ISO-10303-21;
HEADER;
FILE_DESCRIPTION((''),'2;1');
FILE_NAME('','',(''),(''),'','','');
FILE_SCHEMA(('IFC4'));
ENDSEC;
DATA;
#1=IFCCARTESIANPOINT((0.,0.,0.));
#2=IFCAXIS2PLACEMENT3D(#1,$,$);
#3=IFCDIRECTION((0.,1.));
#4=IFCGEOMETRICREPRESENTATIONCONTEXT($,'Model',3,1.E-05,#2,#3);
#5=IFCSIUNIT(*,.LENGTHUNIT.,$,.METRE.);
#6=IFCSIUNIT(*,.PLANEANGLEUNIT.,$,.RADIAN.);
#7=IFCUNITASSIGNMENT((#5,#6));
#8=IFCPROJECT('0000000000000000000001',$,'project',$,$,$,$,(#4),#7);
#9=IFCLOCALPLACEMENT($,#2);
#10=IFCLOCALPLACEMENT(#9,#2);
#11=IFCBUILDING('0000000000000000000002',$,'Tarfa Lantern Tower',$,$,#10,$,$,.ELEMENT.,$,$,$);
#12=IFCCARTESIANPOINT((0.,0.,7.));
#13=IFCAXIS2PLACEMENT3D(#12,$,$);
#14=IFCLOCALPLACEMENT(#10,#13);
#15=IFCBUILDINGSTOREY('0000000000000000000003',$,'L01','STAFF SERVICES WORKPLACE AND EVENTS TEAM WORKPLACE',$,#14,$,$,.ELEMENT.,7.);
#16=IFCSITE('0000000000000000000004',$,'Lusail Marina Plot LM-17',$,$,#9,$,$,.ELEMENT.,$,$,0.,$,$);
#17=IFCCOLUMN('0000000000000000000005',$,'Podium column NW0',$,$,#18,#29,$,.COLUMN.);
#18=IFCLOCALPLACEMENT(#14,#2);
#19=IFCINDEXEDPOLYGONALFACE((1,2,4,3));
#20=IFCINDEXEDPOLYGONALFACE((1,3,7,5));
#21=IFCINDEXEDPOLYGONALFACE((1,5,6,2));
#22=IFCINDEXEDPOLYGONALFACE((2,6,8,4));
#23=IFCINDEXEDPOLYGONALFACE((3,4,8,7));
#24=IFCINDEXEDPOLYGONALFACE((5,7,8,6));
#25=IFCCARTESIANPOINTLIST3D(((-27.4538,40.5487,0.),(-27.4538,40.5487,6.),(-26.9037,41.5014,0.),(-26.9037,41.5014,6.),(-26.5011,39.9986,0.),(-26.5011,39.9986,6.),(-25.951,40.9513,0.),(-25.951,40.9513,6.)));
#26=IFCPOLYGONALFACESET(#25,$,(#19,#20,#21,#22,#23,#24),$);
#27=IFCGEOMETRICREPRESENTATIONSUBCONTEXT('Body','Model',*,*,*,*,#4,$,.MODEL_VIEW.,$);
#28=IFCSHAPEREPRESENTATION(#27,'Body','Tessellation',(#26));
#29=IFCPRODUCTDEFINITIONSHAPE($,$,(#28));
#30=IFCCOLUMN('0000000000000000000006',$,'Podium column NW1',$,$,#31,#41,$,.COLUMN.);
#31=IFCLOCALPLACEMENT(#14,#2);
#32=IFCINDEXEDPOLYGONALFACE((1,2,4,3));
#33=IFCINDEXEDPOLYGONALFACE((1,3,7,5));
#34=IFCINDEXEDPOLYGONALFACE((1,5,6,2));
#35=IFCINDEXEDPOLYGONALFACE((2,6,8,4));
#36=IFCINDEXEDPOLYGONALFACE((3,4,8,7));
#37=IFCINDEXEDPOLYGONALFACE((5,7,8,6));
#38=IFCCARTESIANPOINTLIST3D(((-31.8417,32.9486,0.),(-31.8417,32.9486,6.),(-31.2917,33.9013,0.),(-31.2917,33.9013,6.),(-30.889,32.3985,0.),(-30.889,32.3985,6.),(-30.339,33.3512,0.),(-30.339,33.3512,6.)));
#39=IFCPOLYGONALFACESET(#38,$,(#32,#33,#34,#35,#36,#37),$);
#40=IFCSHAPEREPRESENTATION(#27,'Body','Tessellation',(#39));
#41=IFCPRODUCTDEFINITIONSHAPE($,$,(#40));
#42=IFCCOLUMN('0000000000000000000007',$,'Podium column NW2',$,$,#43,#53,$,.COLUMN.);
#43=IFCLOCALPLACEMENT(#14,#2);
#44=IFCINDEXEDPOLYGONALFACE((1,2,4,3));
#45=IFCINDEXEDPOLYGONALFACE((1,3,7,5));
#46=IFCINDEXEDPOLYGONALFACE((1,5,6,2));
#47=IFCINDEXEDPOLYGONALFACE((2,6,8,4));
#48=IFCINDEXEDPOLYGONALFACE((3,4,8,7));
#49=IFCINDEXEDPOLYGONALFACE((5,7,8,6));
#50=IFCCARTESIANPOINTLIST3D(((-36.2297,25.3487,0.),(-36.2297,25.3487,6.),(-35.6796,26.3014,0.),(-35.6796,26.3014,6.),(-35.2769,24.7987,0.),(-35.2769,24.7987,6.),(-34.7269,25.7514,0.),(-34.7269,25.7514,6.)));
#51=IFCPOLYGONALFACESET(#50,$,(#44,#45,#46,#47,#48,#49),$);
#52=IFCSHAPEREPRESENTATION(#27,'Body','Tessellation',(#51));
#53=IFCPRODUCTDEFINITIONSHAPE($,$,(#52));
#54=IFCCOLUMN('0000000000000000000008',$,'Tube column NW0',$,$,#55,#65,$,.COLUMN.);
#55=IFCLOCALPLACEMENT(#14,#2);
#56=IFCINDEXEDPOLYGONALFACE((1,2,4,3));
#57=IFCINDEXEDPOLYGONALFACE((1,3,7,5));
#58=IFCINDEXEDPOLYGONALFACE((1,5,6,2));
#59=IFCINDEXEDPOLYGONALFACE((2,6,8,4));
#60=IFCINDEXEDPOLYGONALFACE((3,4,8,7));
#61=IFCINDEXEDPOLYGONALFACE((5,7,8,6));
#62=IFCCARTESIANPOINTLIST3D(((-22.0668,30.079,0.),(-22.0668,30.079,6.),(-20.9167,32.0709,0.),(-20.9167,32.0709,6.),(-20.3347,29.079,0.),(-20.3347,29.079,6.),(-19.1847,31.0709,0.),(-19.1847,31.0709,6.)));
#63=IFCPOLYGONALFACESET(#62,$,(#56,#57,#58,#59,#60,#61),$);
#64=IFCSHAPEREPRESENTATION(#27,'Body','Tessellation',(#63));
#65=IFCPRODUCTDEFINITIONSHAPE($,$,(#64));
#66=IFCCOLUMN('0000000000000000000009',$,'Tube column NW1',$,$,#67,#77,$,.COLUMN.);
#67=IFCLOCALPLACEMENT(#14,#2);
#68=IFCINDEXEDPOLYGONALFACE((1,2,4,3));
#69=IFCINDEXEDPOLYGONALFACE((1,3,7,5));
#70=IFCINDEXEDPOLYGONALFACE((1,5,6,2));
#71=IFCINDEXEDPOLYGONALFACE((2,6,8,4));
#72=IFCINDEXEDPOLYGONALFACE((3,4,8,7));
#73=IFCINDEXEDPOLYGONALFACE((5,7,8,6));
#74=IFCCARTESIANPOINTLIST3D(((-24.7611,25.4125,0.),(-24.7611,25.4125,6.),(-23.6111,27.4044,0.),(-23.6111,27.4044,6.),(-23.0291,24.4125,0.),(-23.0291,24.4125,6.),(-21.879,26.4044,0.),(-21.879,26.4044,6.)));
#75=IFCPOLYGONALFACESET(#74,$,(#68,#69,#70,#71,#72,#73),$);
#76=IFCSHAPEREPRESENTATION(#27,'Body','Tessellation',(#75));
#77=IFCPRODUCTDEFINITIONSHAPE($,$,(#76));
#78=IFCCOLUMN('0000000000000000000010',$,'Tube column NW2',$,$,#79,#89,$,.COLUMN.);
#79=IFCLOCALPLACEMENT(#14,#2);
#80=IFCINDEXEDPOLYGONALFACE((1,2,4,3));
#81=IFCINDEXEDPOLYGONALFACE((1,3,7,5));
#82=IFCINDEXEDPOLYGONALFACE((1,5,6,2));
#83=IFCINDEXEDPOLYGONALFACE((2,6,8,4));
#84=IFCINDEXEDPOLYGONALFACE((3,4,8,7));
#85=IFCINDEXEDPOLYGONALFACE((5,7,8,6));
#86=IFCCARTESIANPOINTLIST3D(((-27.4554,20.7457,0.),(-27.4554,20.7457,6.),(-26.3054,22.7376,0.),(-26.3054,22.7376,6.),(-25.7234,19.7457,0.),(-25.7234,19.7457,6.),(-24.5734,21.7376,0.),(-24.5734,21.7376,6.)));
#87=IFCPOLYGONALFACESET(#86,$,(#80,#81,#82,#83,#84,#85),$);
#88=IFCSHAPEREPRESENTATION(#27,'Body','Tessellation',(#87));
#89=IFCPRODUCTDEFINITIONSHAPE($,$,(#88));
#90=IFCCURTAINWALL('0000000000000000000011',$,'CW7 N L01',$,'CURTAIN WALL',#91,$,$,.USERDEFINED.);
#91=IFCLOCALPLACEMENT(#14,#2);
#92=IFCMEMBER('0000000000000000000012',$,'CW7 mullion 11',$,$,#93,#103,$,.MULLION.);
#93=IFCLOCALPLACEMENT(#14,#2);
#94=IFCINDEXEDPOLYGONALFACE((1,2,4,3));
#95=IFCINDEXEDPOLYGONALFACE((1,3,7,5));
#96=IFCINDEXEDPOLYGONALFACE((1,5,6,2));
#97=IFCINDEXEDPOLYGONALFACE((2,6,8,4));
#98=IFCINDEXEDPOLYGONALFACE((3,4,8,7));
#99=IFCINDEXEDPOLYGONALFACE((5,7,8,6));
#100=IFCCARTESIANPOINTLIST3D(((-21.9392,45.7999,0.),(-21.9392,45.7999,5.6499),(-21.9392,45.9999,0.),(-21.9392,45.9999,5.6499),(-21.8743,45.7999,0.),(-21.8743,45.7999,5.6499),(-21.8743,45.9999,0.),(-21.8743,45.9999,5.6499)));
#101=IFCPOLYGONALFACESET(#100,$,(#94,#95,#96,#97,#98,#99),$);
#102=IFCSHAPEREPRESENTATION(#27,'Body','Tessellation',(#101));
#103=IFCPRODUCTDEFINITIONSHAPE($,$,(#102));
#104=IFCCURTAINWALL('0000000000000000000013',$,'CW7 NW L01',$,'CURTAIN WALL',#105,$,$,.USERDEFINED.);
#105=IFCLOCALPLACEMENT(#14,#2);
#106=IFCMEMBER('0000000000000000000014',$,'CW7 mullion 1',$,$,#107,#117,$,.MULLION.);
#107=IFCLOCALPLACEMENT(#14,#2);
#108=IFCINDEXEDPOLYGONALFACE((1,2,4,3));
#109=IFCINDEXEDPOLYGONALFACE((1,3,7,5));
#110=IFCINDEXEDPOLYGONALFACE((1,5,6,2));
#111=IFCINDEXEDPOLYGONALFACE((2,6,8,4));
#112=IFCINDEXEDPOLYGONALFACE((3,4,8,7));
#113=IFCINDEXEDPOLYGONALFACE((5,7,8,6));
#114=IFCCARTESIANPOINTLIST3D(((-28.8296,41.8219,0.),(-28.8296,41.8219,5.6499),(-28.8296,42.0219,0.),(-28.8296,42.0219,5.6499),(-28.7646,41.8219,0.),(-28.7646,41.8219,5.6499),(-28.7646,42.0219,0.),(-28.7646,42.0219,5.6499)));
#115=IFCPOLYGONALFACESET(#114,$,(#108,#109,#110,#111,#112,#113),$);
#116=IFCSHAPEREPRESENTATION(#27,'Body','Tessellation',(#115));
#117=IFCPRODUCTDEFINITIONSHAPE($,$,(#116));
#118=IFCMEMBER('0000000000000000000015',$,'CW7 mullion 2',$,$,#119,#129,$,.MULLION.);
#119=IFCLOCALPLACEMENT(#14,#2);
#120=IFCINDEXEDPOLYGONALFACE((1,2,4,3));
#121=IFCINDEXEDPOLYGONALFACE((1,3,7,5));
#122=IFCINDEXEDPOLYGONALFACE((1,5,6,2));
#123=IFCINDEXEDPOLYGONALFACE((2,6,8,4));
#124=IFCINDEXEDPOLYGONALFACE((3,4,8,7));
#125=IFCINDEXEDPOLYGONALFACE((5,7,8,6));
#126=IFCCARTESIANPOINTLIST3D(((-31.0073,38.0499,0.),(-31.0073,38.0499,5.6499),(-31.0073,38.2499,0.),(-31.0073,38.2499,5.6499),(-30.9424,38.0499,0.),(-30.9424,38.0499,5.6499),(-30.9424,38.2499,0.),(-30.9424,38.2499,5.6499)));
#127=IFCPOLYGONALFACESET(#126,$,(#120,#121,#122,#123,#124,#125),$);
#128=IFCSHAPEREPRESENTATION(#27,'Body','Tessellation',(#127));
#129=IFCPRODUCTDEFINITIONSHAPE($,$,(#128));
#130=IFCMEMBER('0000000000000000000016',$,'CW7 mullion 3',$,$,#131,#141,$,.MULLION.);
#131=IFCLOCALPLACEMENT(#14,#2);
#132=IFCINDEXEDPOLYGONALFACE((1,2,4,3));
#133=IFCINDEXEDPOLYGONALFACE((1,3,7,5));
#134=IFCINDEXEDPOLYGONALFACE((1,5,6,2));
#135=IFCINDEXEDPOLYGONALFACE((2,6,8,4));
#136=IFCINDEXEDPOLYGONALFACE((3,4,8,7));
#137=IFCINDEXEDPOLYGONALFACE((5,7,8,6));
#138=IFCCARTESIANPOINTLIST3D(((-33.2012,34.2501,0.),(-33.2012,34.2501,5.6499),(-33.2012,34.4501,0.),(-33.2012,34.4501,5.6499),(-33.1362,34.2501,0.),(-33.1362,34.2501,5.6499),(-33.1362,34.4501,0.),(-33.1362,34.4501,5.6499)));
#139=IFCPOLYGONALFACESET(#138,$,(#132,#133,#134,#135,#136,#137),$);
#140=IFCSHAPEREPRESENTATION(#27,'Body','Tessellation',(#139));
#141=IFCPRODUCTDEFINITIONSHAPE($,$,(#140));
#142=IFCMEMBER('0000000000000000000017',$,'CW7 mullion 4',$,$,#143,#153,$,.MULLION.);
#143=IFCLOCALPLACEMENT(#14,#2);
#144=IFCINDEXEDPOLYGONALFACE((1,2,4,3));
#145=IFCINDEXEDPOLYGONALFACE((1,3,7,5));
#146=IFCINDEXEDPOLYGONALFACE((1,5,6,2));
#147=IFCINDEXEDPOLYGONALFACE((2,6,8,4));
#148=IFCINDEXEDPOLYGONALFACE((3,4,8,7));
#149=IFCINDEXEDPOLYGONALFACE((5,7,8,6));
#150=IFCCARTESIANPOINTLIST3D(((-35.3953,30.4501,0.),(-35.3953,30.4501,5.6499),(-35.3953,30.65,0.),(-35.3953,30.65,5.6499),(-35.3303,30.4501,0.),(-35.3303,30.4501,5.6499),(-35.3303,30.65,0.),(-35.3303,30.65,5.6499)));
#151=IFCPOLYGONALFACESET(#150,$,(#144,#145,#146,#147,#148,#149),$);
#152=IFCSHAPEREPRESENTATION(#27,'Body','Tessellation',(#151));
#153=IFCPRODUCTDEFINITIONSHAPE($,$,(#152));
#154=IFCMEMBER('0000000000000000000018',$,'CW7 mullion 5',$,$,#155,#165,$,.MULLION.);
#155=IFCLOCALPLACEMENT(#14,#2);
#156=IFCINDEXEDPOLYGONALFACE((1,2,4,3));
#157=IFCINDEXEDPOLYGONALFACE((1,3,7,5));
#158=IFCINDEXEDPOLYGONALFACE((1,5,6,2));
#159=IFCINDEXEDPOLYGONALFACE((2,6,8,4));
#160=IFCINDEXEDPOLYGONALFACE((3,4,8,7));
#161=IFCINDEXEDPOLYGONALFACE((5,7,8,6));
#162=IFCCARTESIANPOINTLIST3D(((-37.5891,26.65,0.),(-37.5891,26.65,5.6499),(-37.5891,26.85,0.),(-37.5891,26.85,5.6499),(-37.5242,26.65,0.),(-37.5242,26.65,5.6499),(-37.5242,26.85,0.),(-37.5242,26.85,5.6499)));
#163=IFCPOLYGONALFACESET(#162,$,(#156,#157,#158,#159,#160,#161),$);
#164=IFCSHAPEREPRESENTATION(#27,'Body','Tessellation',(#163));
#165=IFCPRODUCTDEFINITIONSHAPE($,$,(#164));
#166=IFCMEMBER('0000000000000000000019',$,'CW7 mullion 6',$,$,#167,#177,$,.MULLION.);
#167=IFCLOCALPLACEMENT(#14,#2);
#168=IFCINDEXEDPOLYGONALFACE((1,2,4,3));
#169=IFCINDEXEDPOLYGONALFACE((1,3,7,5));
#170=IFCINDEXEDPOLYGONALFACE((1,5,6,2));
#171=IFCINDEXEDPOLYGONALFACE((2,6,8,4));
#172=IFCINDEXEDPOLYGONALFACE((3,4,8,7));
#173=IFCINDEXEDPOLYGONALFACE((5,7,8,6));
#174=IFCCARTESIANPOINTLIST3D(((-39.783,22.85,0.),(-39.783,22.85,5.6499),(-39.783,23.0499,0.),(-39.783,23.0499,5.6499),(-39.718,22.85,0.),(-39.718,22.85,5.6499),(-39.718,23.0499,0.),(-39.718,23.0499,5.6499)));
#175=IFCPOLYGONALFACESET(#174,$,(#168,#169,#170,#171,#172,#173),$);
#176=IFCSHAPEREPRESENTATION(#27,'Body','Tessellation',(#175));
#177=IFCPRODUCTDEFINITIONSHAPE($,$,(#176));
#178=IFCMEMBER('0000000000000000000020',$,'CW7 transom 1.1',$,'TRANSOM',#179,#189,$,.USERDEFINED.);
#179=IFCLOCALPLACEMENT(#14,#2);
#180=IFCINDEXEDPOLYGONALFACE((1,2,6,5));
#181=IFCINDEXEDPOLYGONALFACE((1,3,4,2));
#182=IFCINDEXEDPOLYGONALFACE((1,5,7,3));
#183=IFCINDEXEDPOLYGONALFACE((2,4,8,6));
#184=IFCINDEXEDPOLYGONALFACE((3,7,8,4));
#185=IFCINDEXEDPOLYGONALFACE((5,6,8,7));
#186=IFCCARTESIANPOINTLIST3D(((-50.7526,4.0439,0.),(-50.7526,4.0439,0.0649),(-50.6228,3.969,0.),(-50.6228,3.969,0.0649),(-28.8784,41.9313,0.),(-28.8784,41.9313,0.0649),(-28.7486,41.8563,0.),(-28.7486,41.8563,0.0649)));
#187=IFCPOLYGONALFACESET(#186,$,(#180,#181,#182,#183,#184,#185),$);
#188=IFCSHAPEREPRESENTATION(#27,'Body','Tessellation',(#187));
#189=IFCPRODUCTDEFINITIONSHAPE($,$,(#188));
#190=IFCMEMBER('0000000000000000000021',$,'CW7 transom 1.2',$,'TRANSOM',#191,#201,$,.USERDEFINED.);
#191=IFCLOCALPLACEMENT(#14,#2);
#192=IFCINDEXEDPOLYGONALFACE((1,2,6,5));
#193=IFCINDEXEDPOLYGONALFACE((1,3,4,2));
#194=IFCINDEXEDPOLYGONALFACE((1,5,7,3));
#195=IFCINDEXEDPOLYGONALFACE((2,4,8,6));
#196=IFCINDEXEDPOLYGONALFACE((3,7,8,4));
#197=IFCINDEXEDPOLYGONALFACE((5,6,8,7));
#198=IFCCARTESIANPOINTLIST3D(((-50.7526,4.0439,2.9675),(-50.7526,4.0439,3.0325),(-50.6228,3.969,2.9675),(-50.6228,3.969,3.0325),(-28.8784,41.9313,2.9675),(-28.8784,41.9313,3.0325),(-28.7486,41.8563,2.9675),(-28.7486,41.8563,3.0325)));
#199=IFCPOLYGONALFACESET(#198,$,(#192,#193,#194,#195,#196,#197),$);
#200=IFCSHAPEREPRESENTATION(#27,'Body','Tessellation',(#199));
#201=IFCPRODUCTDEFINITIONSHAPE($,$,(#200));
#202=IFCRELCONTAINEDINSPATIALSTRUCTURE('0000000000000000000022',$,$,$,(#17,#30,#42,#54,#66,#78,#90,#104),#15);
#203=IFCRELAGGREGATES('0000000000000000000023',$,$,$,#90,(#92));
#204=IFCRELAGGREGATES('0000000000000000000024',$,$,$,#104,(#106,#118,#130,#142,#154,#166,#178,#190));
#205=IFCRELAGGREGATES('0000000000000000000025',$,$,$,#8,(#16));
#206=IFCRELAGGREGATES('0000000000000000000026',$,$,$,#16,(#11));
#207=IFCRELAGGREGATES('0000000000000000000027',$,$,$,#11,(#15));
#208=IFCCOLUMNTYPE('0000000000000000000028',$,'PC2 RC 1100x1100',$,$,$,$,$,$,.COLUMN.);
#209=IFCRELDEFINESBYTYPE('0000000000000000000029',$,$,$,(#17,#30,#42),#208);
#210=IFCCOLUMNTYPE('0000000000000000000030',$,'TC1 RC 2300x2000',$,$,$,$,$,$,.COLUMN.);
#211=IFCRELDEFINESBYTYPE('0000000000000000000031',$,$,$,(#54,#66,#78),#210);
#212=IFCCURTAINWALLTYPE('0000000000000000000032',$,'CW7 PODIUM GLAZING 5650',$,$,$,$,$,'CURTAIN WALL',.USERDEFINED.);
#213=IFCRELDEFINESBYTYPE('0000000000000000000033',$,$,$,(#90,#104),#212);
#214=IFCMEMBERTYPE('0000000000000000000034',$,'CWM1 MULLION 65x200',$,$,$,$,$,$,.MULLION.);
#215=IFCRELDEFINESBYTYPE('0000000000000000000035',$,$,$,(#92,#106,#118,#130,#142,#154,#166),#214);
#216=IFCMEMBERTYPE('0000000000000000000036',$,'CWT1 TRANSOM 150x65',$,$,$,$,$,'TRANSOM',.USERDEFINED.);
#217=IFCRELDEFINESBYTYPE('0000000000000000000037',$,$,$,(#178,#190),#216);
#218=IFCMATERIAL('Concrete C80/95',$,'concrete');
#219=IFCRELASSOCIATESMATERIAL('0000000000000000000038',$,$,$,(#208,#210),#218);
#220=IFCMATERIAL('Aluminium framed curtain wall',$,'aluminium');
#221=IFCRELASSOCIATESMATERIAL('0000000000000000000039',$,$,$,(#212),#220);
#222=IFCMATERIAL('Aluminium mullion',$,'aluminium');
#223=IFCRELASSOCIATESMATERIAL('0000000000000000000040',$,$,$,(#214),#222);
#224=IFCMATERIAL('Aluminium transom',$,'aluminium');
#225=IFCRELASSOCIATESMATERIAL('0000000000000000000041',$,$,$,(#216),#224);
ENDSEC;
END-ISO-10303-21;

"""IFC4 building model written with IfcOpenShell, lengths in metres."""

from ifc_helpers import new_model, si_unit, direction, frame, origin, origin_2d, place, context, subcontext, project, spatial, rectangle, extrude, material, material_profile, profile_set, type_object, element, aggregate, save


model = new_model("IFC4")

# Units and contexts
model_context = context("Model", 3, precision=1e-05, world=origin(), true_north=direction((0.0, 1.0)))
body_context = subcontext(model_context, "Body", "Model", "MODEL_VIEW")
ifc_project = project(units=[si_unit("LENGTHUNIT", "METRE"), si_unit("PLANEANGLEUNIT", "RADIAN")], contexts=[model_context])

# Site, building, storey
site_placement = place(None, origin())
site = spatial("IfcSite", under=ifc_project, at=site_placement, Name="Lusail Marina Plot LM-17", CompositionType="ELEMENT", RefElevation=0.0)
building_placement = place(site_placement, origin())
building = spatial("IfcBuilding", under=site, at=building_placement, Name="Tarfa Lantern Tower", CompositionType="ELEMENT")
storey_placement = place(building_placement, frame((0.0, 0.0, 7.0)))
storey = spatial("IfcBuildingStorey", under=building, at=storey_placement, Name="L01", Description="STAFF SERVICES WORKPLACE AND EVENTS TEAM WORKPLACE", CompositionType="ELEMENT", Elevation=7.0)

# Columns
ifc_material_1 = material(Name="Concrete C80/95", Category="concrete")
ifc_material_profile_1 = material_profile(ifc_material_1, rectangle(XDim=1.1001, YDim=1.1001, at=origin_2d()), Name="RC 1100x1100")
ifc_profile_set_1 = profile_set([ifc_material_profile_1], Name="Concrete C80/95")
column_type_1 = type_object("IfcColumnType", Name="PC2 RC 1100x1100", PredefinedType="COLUMN", material=ifc_profile_set_1)
for number, where, z_axis, x_axis, name in (
    (1, (-26.7024, 40.75, 0.0), (0.0, 0.0, 1.0), (-0.5, -0.866025, 0.0), "Podium column NW0"),
    (2, (-31.0903, 33.1499, 0.0), (0.0, 0.0, 1.0), (-0.5, -0.866025, 0.0), "Podium column NW1"),
    (3, (-35.4783, 25.55, 0.0), (0.0, 0.0, 1.0), (-0.5, -0.866025, 0.0), "Podium column NW2"),
):
    element("IfcColumn", number, at=place(storey_placement, frame(where, z_axis=z_axis, x_axis=x_axis)), inside=storey, type_object=column_type_1, Name=name, PredefinedType="COLUMN", context=body_context, shape_type="SweptSolid", body=[
        extrude(rectangle(XDim=1.1001, YDim=1.1001, at=origin_2d()), origin(), (0.0, 0.0, 1.0), 6.0),
    ])
ifc_material_profile_2 = material_profile(ifc_material_1, rectangle(XDim=2.3, YDim=2.0, at=origin_2d()), Name="RC 2300x2000")
ifc_profile_set_2 = profile_set([ifc_material_profile_2], Name="Concrete C80/95")
column_type_2 = type_object("IfcColumnType", Name="TC1 RC 2300x2000", PredefinedType="COLUMN", material=ifc_profile_set_2)
for number, where, z_axis, x_axis, name in (
    (4, (-20.6257, 30.575, 0.0), (0.0, 0.0, 1.0), (-0.5, -0.866025, 0.0), "Tube column NW0"),
    (5, (-23.3201, 25.9084, 0.0), (0.0, 0.0, 1.0), (-0.5, -0.866025, 0.0), "Tube column NW1"),
    (6, (-26.0144, 21.2417, 0.0), (0.0, 0.0, 1.0), (-0.5, -0.866025, 0.0), "Tube column NW2"),
):
    element("IfcColumn", number, at=place(storey_placement, frame(where, z_axis=z_axis, x_axis=x_axis)), inside=storey, type_object=column_type_2, Name=name, PredefinedType="COLUMN", context=body_context, shape_type="SweptSolid", body=[
        extrude(rectangle(XDim=2.3, YDim=2.0, at=origin_2d()), origin(), (0.0, 0.0, 1.0), 6.0),
    ])

# Curtain wall, member
ifc_material_2 = material(Name="Aluminium framed curtain wall", Category="aluminium")
curtain_wall_type = type_object("IfcCurtainWallType", Name="CW7 PODIUM GLAZING 5650", ElementType="CURTAIN WALL", PredefinedType="USERDEFINED", material=ifc_material_2)
curtain_wall_1_placement = place(storey_placement, origin())
curtain_wall_1 = element("IfcCurtainWall", 7, at=curtain_wall_1_placement, inside=storey, type_object=curtain_wall_type, Name="CW7 N L01", ObjectType="CURTAIN WALL", PredefinedType="USERDEFINED")
ifc_material_3 = material(Name="Aluminium mullion", Category="aluminium")
ifc_material_profile_3 = material_profile(ifc_material_3, rectangle(XDim=0.0649, YDim=0.2, at=origin_2d()), Name="AL MULLION 65x200")
ifc_profile_set_3 = profile_set([ifc_material_profile_3], Name="Aluminium mullion")
member_type_1 = type_object("IfcMemberType", Name="CWM1 MULLION 65x200", PredefinedType="MULLION", material=ifc_profile_set_3)
member_1_placement = place(storey_placement, frame((-21.9067, 45.8999, 0.0), z_axis=(0.0, 0.0, 1.0), x_axis=(1.0, 0.0, 0.0)))
member_1 = element("IfcMember", 8, at=member_1_placement, type_object=member_type_1, Name="CW7 mullion 11", PredefinedType="MULLION", context=body_context, shape_type="SweptSolid", body=[
    extrude(rectangle(XDim=0.0649, YDim=0.2, at=origin_2d()), origin(), (0.0, 0.0, 1.0), 5.6499),
])
aggregate(curtain_wall_1, [member_1])

# Curtain wall, members
curtain_wall_2_placement = place(storey_placement, origin())
curtain_wall_2 = element("IfcCurtainWall", 9, at=curtain_wall_2_placement, inside=storey, type_object=curtain_wall_type, Name="CW7 NW L01", ObjectType="CURTAIN WALL", PredefinedType="USERDEFINED")
member_2_placement = place(storey_placement, frame((-28.7971, 41.9219, 0.0), z_axis=(0.0, 0.0, 1.0), x_axis=(1.0, 0.0, 0.0)))
member_2 = element("IfcMember", 10, at=member_2_placement, type_object=member_type_1, Name="CW7 mullion 1", PredefinedType="MULLION", context=body_context, shape_type="SweptSolid", body=[
    extrude(rectangle(XDim=0.0649, YDim=0.2, at=origin_2d()), origin(), (0.0, 0.0, 1.0), 5.6499),
])
member_3_placement = place(storey_placement, frame((-30.9749, 38.1499, 0.0), z_axis=(0.0, 0.0, 1.0), x_axis=(1.0, 0.0, 0.0)))
member_3 = element("IfcMember", 11, at=member_3_placement, type_object=member_type_1, Name="CW7 mullion 2", PredefinedType="MULLION", context=body_context, shape_type="SweptSolid", body=[
    extrude(rectangle(XDim=0.0649, YDim=0.2, at=origin_2d()), origin(), (0.0, 0.0, 1.0), 5.6499),
])
member_4_placement = place(storey_placement, frame((-33.1687, 34.3501, 0.0), z_axis=(0.0, 0.0, 1.0), x_axis=(1.0, 0.0, 0.0)))
member_4 = element("IfcMember", 12, at=member_4_placement, type_object=member_type_1, Name="CW7 mullion 3", PredefinedType="MULLION", context=body_context, shape_type="SweptSolid", body=[
    extrude(rectangle(XDim=0.0649, YDim=0.2, at=origin_2d()), origin(), (0.0, 0.0, 1.0), 5.6499),
])
member_5_placement = place(storey_placement, frame((-35.3628, 30.55, 0.0), z_axis=(0.0, 0.0, 1.0), x_axis=(1.0, 0.0, 0.0)))
member_5 = element("IfcMember", 13, at=member_5_placement, type_object=member_type_1, Name="CW7 mullion 4", PredefinedType="MULLION", context=body_context, shape_type="SweptSolid", body=[
    extrude(rectangle(XDim=0.0649, YDim=0.2, at=origin_2d()), origin(), (0.0, 0.0, 1.0), 5.6499),
])
member_6_placement = place(storey_placement, frame((-37.5566, 26.75, 0.0), z_axis=(0.0, 0.0, 1.0), x_axis=(1.0, 0.0, 0.0)))
member_6 = element("IfcMember", 14, at=member_6_placement, type_object=member_type_1, Name="CW7 mullion 5", PredefinedType="MULLION", context=body_context, shape_type="SweptSolid", body=[
    extrude(rectangle(XDim=0.0649, YDim=0.2, at=origin_2d()), origin(), (0.0, 0.0, 1.0), 5.6499),
])
member_7_placement = place(storey_placement, frame((-39.7505, 22.95, 0.0), z_axis=(0.0, 0.0, 1.0), x_axis=(1.0, 0.0, 0.0)))
member_7 = element("IfcMember", 15, at=member_7_placement, type_object=member_type_1, Name="CW7 mullion 6", PredefinedType="MULLION", context=body_context, shape_type="SweptSolid", body=[
    extrude(rectangle(XDim=0.0649, YDim=0.2, at=origin_2d()), origin(), (0.0, 0.0, 1.0), 5.6499),
])
ifc_material_4 = material(Name="Aluminium transom", Category="aluminium")
ifc_material_profile_4 = material_profile(ifc_material_4, rectangle(XDim=0.1499, YDim=0.0649, at=origin_2d()), Name="AL TRANSOM 150x65")
ifc_profile_set_4 = profile_set([ifc_material_profile_4], Name="Aluminium transom")
member_type_2 = type_object("IfcMemberType", Name="CWT1 TRANSOM 150x65", ElementType="TRANSOM", PredefinedType="USERDEFINED", material=ifc_profile_set_4)
member_8_placement = place(storey_placement, frame((-28.8135, 41.8938, 0.0325), z_axis=(-0.499999, -0.866026, 0.0), x_axis=(0.866026, -0.499999, 0.0)))
member_8 = element("IfcMember", 16, at=member_8_placement, type_object=member_type_2, Name="CW7 transom 1.1", ObjectType="TRANSOM", PredefinedType="USERDEFINED", context=body_context, shape_type="SweptSolid", body=[
    extrude(rectangle(XDim=0.1499, YDim=0.0649, at=origin_2d()), origin(), (0.0, 0.0, 1.0), 43.7485),
])
member_9_placement = place(storey_placement, frame((-28.8135, 41.8938, 3.0), z_axis=(-0.499999, -0.866026, 0.0), x_axis=(0.866026, -0.499999, 0.0)))
member_9 = element("IfcMember", 17, at=member_9_placement, type_object=member_type_2, Name="CW7 transom 1.2", ObjectType="TRANSOM", PredefinedType="USERDEFINED", context=body_context, shape_type="SweptSolid", body=[
    extrude(rectangle(XDim=0.1499, YDim=0.0649, at=origin_2d()), origin(), (0.0, 0.0, 1.0), 43.7485),
])

aggregate(curtain_wall_2, [member_2, member_3, member_4, member_5, member_6, member_7, member_8, member_9])

save(model, "model.ifc")
